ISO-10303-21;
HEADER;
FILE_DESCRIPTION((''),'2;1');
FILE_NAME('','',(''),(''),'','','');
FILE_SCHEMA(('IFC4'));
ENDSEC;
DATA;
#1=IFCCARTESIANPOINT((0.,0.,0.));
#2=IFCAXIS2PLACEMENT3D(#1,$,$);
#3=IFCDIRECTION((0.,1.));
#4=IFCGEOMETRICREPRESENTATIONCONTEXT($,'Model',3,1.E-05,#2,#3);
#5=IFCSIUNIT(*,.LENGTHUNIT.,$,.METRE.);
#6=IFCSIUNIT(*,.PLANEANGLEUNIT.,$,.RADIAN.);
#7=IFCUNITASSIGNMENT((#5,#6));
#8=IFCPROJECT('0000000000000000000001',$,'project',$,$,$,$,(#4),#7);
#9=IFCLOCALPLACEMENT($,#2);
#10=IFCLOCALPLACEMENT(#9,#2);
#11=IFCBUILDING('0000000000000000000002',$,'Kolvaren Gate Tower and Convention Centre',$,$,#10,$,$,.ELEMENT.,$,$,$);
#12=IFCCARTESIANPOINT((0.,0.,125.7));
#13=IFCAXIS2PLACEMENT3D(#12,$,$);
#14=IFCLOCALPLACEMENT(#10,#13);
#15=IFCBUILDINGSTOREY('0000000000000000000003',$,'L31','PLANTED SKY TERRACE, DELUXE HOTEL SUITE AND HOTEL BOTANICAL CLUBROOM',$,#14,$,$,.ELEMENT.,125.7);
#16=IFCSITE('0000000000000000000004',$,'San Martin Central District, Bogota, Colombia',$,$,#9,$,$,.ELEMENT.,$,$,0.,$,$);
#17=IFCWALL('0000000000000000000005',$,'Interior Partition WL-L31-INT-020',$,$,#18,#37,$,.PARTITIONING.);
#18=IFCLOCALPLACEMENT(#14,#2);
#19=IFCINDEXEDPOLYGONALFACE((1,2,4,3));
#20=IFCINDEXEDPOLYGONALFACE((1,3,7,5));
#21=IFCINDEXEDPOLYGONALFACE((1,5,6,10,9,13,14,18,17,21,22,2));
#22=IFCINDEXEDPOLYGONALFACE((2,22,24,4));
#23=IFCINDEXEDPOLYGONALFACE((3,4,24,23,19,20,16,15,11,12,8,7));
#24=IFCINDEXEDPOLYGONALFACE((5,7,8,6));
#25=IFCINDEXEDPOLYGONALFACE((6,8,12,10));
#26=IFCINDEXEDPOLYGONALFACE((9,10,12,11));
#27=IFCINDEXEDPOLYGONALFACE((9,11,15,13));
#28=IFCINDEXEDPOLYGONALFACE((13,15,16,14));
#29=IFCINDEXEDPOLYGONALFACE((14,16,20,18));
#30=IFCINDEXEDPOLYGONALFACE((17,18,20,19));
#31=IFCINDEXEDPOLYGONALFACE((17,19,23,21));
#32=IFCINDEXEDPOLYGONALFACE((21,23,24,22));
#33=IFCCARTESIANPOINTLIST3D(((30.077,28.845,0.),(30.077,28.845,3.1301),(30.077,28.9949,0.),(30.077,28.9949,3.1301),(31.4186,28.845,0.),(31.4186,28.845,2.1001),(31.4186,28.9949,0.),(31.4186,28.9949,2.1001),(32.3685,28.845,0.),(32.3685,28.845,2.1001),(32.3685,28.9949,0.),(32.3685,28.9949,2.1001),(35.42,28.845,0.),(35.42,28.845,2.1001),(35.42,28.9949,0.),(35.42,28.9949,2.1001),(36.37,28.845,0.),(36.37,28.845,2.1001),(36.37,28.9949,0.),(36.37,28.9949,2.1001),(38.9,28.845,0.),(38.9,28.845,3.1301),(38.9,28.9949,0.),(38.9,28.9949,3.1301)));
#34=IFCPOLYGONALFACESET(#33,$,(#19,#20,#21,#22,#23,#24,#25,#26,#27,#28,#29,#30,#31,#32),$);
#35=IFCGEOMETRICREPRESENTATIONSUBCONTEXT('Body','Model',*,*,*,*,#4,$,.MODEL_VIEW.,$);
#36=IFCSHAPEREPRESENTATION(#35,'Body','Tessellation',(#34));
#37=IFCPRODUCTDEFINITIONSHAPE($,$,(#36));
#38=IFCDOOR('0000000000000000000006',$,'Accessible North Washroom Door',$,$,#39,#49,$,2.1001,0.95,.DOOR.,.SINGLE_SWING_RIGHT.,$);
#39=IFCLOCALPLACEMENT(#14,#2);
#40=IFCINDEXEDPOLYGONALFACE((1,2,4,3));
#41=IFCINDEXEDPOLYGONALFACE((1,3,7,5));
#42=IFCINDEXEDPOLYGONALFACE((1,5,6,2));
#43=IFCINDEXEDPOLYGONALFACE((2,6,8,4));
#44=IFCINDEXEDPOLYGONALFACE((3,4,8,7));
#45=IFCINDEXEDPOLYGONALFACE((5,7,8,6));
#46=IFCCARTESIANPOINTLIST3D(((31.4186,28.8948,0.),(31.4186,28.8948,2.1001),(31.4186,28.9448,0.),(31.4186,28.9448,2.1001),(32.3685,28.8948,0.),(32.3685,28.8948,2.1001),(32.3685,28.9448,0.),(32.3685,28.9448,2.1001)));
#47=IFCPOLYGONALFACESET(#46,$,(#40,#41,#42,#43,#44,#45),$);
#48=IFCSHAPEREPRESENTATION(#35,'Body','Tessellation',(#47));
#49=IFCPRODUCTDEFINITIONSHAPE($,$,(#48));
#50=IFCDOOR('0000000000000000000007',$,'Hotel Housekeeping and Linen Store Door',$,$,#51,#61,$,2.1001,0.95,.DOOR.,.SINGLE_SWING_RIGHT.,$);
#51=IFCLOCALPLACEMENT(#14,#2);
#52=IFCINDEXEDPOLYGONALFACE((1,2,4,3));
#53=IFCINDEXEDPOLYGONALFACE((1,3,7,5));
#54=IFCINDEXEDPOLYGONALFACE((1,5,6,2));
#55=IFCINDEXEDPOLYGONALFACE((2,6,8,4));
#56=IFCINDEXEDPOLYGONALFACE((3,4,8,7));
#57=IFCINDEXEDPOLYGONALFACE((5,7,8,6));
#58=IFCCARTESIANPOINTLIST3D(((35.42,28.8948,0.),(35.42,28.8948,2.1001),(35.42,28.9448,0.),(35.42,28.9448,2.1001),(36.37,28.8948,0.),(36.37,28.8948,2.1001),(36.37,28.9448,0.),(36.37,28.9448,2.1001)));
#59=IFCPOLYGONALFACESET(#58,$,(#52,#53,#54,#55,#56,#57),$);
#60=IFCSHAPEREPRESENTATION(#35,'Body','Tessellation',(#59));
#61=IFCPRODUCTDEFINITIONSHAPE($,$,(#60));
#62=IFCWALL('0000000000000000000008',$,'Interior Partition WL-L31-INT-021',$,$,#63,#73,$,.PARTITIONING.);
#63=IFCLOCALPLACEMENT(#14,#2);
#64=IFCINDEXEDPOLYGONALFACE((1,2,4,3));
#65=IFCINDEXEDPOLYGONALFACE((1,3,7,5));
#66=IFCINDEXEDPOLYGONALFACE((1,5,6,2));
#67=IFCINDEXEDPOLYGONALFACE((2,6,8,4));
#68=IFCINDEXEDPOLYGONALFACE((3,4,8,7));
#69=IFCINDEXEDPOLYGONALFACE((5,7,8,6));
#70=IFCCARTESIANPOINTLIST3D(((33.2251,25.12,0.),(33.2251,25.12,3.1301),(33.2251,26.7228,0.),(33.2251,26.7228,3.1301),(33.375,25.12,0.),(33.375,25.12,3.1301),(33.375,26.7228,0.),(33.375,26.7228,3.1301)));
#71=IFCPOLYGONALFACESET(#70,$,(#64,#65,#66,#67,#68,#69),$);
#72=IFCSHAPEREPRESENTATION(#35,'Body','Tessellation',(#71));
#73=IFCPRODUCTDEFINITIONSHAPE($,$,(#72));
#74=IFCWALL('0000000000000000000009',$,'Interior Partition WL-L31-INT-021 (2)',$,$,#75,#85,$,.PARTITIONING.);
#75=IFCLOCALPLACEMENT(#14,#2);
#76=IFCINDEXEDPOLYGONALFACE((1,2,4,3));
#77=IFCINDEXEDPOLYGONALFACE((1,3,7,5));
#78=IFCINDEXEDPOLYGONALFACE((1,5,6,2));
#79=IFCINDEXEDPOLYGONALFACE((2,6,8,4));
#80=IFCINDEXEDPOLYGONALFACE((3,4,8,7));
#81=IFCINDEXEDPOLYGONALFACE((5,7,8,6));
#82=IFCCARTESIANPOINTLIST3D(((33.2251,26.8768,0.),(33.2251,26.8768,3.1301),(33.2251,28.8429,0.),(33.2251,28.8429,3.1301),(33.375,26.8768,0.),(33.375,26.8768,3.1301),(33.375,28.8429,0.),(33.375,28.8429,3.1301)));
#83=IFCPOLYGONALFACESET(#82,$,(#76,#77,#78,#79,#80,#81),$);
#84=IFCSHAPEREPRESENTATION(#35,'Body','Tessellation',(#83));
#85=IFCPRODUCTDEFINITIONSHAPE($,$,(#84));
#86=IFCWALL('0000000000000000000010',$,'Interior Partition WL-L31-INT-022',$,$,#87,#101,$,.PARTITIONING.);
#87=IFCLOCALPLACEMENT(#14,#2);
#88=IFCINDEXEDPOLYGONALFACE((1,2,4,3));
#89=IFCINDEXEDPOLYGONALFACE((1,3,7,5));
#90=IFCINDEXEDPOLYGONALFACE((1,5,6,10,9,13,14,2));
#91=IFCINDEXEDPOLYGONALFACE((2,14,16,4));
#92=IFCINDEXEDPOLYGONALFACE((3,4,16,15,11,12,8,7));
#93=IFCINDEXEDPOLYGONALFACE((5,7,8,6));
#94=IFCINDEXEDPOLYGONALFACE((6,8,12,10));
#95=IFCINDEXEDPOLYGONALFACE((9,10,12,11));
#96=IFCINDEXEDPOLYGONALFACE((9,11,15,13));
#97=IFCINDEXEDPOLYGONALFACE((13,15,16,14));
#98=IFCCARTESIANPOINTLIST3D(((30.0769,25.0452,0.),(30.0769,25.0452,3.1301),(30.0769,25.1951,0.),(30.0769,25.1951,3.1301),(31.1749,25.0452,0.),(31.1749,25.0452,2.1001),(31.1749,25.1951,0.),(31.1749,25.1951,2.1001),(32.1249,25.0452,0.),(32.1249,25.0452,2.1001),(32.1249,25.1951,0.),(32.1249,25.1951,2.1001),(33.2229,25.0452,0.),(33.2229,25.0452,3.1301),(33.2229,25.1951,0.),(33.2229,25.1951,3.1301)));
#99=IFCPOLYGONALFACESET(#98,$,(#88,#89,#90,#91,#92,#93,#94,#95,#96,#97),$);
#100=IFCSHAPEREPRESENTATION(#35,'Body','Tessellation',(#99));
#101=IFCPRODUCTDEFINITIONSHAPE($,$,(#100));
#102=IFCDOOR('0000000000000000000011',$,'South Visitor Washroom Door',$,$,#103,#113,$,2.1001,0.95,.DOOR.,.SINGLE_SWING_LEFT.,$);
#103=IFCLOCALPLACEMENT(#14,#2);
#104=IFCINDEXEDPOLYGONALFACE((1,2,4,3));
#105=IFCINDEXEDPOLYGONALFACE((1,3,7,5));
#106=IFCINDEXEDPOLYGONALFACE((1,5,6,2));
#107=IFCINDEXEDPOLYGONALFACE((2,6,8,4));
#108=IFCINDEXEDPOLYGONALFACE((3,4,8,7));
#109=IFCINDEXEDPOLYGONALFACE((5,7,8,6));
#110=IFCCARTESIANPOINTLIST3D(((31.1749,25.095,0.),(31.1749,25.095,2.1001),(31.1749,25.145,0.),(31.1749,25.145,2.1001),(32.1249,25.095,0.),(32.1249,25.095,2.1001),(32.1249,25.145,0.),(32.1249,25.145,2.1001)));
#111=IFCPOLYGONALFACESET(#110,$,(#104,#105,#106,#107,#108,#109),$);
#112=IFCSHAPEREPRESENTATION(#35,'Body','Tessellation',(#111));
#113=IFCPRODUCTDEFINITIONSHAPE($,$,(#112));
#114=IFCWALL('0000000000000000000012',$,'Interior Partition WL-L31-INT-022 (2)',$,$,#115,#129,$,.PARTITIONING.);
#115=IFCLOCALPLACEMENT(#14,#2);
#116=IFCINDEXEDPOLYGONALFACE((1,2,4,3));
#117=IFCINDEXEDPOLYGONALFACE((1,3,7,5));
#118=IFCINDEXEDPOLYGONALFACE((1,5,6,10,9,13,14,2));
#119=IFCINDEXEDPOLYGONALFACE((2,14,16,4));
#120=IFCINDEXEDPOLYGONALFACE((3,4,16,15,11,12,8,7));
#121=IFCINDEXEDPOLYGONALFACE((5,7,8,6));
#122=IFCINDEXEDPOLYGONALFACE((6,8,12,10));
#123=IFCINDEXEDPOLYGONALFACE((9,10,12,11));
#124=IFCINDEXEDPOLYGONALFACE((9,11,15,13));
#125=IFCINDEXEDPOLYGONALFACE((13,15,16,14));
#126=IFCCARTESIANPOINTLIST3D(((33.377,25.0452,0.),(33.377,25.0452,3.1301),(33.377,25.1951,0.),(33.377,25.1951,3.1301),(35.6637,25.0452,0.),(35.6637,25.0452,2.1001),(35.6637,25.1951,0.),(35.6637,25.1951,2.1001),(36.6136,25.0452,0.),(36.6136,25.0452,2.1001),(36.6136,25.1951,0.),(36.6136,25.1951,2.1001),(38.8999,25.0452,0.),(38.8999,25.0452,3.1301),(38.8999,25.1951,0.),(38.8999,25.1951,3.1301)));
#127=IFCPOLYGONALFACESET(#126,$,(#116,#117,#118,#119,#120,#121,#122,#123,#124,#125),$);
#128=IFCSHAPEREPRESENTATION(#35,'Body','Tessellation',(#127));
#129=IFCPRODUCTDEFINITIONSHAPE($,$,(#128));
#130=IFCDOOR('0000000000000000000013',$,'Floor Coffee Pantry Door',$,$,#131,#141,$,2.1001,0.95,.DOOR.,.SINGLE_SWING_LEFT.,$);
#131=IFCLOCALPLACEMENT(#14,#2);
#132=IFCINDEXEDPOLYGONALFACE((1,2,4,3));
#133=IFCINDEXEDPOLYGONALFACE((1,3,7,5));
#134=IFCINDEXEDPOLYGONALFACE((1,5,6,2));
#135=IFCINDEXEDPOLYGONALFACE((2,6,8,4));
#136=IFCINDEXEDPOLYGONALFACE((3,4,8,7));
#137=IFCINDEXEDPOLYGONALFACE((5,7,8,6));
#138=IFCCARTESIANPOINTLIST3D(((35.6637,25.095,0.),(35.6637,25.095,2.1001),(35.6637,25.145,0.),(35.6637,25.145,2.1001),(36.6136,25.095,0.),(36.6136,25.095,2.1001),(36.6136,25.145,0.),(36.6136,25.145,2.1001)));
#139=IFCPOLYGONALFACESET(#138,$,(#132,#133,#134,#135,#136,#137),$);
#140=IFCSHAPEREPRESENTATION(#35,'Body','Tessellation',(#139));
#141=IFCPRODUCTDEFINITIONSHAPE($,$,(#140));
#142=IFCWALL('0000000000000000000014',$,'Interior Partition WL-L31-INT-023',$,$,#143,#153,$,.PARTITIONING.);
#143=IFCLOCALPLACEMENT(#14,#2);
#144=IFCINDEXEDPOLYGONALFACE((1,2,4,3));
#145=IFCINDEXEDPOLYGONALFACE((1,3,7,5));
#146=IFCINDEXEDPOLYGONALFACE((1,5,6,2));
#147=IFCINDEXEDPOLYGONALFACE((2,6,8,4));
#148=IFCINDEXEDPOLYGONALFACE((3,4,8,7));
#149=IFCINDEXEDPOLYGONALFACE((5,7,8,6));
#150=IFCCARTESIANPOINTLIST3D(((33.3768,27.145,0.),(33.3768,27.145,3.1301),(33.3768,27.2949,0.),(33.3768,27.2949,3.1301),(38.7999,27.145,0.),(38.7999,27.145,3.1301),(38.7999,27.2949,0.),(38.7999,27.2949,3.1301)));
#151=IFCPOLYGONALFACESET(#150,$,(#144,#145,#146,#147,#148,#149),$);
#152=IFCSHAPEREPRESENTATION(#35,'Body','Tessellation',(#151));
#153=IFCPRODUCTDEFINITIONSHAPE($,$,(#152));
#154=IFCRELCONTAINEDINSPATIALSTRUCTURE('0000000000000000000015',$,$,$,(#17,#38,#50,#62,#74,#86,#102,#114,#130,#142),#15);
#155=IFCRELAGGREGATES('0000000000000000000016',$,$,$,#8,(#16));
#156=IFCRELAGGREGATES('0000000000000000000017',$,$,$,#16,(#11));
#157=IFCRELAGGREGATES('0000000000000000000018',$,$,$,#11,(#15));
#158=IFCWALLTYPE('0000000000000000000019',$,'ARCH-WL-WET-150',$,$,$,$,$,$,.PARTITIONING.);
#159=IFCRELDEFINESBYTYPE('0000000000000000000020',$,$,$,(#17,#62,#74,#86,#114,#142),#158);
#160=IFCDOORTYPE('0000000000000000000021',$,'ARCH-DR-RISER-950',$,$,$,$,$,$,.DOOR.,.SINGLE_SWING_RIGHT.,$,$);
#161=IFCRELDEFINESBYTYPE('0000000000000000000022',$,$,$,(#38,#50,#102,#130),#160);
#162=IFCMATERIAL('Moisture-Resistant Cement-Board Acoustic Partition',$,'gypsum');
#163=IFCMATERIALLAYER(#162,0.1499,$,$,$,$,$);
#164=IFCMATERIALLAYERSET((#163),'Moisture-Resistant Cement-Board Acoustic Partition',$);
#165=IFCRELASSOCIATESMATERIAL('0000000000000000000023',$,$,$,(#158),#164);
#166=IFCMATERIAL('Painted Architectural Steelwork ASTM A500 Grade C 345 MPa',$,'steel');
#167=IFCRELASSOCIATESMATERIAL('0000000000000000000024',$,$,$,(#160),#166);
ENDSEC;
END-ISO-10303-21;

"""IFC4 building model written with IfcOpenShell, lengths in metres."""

from ifc_helpers import new_model, si_unit, direction, frame, frame_2d, origin, place, context, subcontext, project, spatial, rectangle, extrude, material, layer, layer_set, type_object, element, fill, save


model = new_model("IFC4")

# Units and contexts
model_context = context("Model", 3, precision=1e-05, world=origin(), true_north=direction((0.0, 1.0)))
body_context = subcontext(model_context, "Body", "Model", "MODEL_VIEW")
ifc_project = project(units=[si_unit("LENGTHUNIT", "METRE"), si_unit("PLANEANGLEUNIT", "RADIAN")], contexts=[model_context])

# Site, building, storey
site_placement = place(None, origin())
site = spatial("IfcSite", under=ifc_project, at=site_placement, Name="San Martin Central District, Bogota, Colombia", CompositionType="ELEMENT", RefElevation=0.0)
building_placement = place(site_placement, origin())
building = spatial("IfcBuilding", under=site, at=building_placement, Name="Kolvaren Gate Tower and Convention Centre", CompositionType="ELEMENT")
storey_placement = place(building_placement, frame((0.0, 0.0, 125.7)))
storey = spatial("IfcBuildingStorey", under=building, at=storey_placement, Name="L31", Description="PLANTED SKY TERRACE, DELUXE HOTEL SUITE AND HOTEL BOTANICAL CLUBROOM", CompositionType="ELEMENT", Elevation=125.7)

# Shared definitions
ifc_material_1 = material(Name="Moisture-Resistant Cement-Board Acoustic Partition", Category="gypsum")
ifc_layer_1 = layer(ifc_material_1, 0.1499)
ifc_layer_set_1 = layer_set([ifc_layer_1], Name="Moisture-Resistant Cement-Board Acoustic Partition")
wall_type_1 = type_object("IfcWallType", Name="ARCH-WL-WET-150", PredefinedType="PARTITIONING", material=ifc_layer_set_1)

# Wall, openings, doors
wall_1_placement = place(storey_placement, frame((30.0769, 28.9199, 0.0), z_axis=(0.0, 0.0, 1.0), x_axis=(1.0, 0.0, 0.0)))
wall_1 = element("IfcWall", 1, at=wall_1_placement, inside=storey, type_object=wall_type_1, Name="Interior Partition WL-L31-INT-020", PredefinedType="PARTITIONING", context=body_context, shape_type="SweptSolid", body=[
    extrude(rectangle(XDim=8.823, YDim=0.1499, at=frame_2d((4.4116, 0.0))), origin(), (0.0, 0.0, 1.0), 3.1301),
])
opening_1_placement = place(wall_1_placement, frame((1.3416, 0.0, 0.0)))
opening_1 = element("IfcOpeningElement", 2, at=opening_1_placement, cuts=wall_1, PredefinedType="OPENING", context=body_context, shape_type="SweptSolid", body=[
    extrude(rectangle(XDim=0.95, YDim=2.1001, at=frame_2d((0.4751, 1.05))), frame((0.0, 0.085, 0.0), z_axis=(0.0, -1.0, 0.0), x_axis=(1.0, 0.0, 0.0)), (0.0, 0.0, 1.0), 0.1699),
])
opening_2_placement = place(wall_1_placement, frame((5.343, 0.0, 0.0)))
opening_2 = element("IfcOpeningElement", 3, at=opening_2_placement, cuts=wall_1, PredefinedType="OPENING", context=body_context, shape_type="SweptSolid", body=[
    extrude(rectangle(XDim=0.95, YDim=2.1001, at=frame_2d((0.4751, 1.05))), frame((0.0, 0.085, 0.0), z_axis=(0.0, -1.0, 0.0), x_axis=(1.0, 0.0, 0.0)), (0.0, 0.0, 1.0), 0.1699),
])
ifc_material_2 = material(Name="Painted Architectural Steelwork ASTM A500 Grade C 345 MPa", Category="steel")
door_type = type_object("IfcDoorType", Name="ARCH-DR-RISER-950", OperationType="SINGLE_SWING_RIGHT", PredefinedType="DOOR", material=ifc_material_2)
door_1_placement = place(opening_1_placement, origin())
door_1 = element("IfcDoor", 4, at=door_1_placement, inside=storey, type_object=door_type, Name="Accessible North Washroom Door", OperationType="SINGLE_SWING_RIGHT", OverallHeight=2.1001, OverallWidth=0.95, PredefinedType="DOOR", context=body_context, shape_type="SweptSolid", body=[
    extrude(rectangle(XDim=0.95, YDim=2.1001, at=frame_2d((0.4751, 1.05))), frame((0.0, 0.0249, 0.0), z_axis=(0.0, -1.0, 0.0), x_axis=(1.0, 0.0, 0.0)), (0.0, 0.0, 1.0), 0.05),
])
fill(opening_1, door_1)
door_2_placement = place(opening_2_placement, origin())
door_2 = element("IfcDoor", 5, at=door_2_placement, inside=storey, type_object=door_type, Name="Hotel Housekeeping and Linen Store Door", OperationType="SINGLE_SWING_RIGHT", OverallHeight=2.1001, OverallWidth=0.95, PredefinedType="DOOR", context=body_context, shape_type="SweptSolid", body=[
    extrude(rectangle(XDim=0.95, YDim=2.1001, at=frame_2d((0.4751, 1.05))), frame((0.0, 0.0249, 0.0), z_axis=(0.0, -1.0, 0.0), x_axis=(1.0, 0.0, 0.0)), (0.0, 0.0, 1.0), 0.05),
])
fill(opening_2, door_2)

# Walls
wall_2_placement = place(storey_placement, frame((33.3, 25.1201, 0.0), z_axis=(0.0, 0.0, 1.0), x_axis=(0.0, 1.0, 0.0)))
element("IfcWall", 6, at=wall_2_placement, inside=storey, type_object=wall_type_1, Name="Interior Partition WL-L31-INT-021", PredefinedType="PARTITIONING", context=body_context, shape_type="SweptSolid", body=[
    extrude(rectangle(XDim=1.6028, YDim=0.1499, at=frame_2d((0.8013, 0.0))), origin(), (0.0, 0.0, 1.0), 3.1301),
])
wall_3_placement = place(storey_placement, frame((33.3, 26.877, 0.0), z_axis=(0.0, 0.0, 1.0), x_axis=(0.0, 1.0, 0.0)))
element("IfcWall", 7, at=wall_3_placement, inside=storey, type_object=wall_type_1, Name="Interior Partition WL-L31-INT-021 (2)", PredefinedType="PARTITIONING", context=body_context, shape_type="SweptSolid", body=[
    extrude(rectangle(XDim=1.9661, YDim=0.1499, at=frame_2d((0.9829, 0.0))), origin(), (0.0, 0.0, 1.0), 3.1301),
])

# Walls, openings, doors
wall_4_placement = place(storey_placement, frame((30.0769, 25.1201, 0.0), z_axis=(0.0, 0.0, 1.0), x_axis=(1.0, 0.0, 0.0)))
wall_4 = element("IfcWall", 8, at=wall_4_placement, inside=storey, type_object=wall_type_1, Name="Interior Partition WL-L31-INT-022", PredefinedType="PARTITIONING", context=body_context, shape_type="SweptSolid", body=[
    extrude(rectangle(XDim=3.146, YDim=0.1499, at=frame_2d((1.573, 0.0))), origin(), (0.0, 0.0, 1.0), 3.1301),
])
opening_3_placement = place(wall_4_placement, frame((1.0979, 0.0, 0.0)))
opening_3 = element("IfcOpeningElement", 9, at=opening_3_placement, cuts=wall_4, PredefinedType="OPENING", context=body_context, shape_type="SweptSolid", body=[
    extrude(rectangle(XDim=0.95, YDim=2.1001, at=frame_2d((0.4751, 1.05))), frame((0.0, 0.085, 0.0), z_axis=(0.0, -1.0, 0.0), x_axis=(1.0, 0.0, 0.0)), (0.0, 0.0, 1.0), 0.1699),
])
door_3_placement = place(opening_3_placement, origin())
door_3 = element("IfcDoor", 10, at=door_3_placement, inside=storey, type_object=door_type, Name="South Visitor Washroom Door", OperationType="SINGLE_SWING_LEFT", OverallHeight=2.1001, OverallWidth=0.95, PredefinedType="DOOR", context=body_context, shape_type="SweptSolid", body=[
    extrude(rectangle(XDim=0.95, YDim=2.1001, at=frame_2d((0.4751, 1.05))), frame((0.0, 0.0249, 0.0), z_axis=(0.0, -1.0, 0.0), x_axis=(1.0, 0.0, 0.0)), (0.0, 0.0, 1.0), 0.05),
])
fill(opening_3, door_3)
wall_5_placement = place(storey_placement, frame((33.377, 25.1201, 0.0), z_axis=(0.0, 0.0, 1.0), x_axis=(1.0, 0.0, 0.0)))
wall_5 = element("IfcWall", 11, at=wall_5_placement, inside=storey, type_object=wall_type_1, Name="Interior Partition WL-L31-INT-022 (2)", PredefinedType="PARTITIONING", context=body_context, shape_type="SweptSolid", body=[
    extrude(rectangle(XDim=5.5229, YDim=0.1499, at=frame_2d((2.7615, 0.0))), origin(), (0.0, 0.0, 1.0), 3.1301),
])
opening_4_placement = place(wall_5_placement, frame((2.2866, 0.0, 0.0)))
opening_4 = element("IfcOpeningElement", 12, at=opening_4_placement, cuts=wall_5, PredefinedType="OPENING", context=body_context, shape_type="SweptSolid", body=[
    extrude(rectangle(XDim=0.95, YDim=2.1001, at=frame_2d((0.4751, 1.05))), frame((0.0, 0.085, 0.0), z_axis=(0.0, -1.0, 0.0), x_axis=(1.0, 0.0, 0.0)), (0.0, 0.0, 1.0), 0.1699),
])
door_4_placement = place(opening_4_placement, origin())
door_4 = element("IfcDoor", 13, at=door_4_placement, inside=storey, type_object=door_type, Name="Floor Coffee Pantry Door", OperationType="SINGLE_SWING_LEFT", OverallHeight=2.1001, OverallWidth=0.95, PredefinedType="DOOR", context=body_context, shape_type="SweptSolid", body=[
    extrude(rectangle(XDim=0.95, YDim=2.1001, at=frame_2d((0.4751, 1.05))), frame((0.0, 0.0249, 0.0), z_axis=(0.0, -1.0, 0.0), x_axis=(1.0, 0.0, 0.0)), (0.0, 0.0, 1.0), 0.05),
])
fill(opening_4, door_4)

# Wall
wall_6_placement = place(storey_placement, frame((33.377, 27.22, 0.0), z_axis=(0.0, 0.0, 1.0), x_axis=(1.0, 0.0, 0.0)))
element("IfcWall", 14, at=wall_6_placement, inside=storey, type_object=wall_type_1, Name="Interior Partition WL-L31-INT-023", PredefinedType="PARTITIONING", context=body_context, shape_type="SweptSolid", body=[
    extrude(rectangle(XDim=5.4231, YDim=0.1499, at=frame_2d((2.7114, 0.0))), origin(), (0.0, 0.0, 1.0), 3.1301),
])

save(model, "model.ifc")
